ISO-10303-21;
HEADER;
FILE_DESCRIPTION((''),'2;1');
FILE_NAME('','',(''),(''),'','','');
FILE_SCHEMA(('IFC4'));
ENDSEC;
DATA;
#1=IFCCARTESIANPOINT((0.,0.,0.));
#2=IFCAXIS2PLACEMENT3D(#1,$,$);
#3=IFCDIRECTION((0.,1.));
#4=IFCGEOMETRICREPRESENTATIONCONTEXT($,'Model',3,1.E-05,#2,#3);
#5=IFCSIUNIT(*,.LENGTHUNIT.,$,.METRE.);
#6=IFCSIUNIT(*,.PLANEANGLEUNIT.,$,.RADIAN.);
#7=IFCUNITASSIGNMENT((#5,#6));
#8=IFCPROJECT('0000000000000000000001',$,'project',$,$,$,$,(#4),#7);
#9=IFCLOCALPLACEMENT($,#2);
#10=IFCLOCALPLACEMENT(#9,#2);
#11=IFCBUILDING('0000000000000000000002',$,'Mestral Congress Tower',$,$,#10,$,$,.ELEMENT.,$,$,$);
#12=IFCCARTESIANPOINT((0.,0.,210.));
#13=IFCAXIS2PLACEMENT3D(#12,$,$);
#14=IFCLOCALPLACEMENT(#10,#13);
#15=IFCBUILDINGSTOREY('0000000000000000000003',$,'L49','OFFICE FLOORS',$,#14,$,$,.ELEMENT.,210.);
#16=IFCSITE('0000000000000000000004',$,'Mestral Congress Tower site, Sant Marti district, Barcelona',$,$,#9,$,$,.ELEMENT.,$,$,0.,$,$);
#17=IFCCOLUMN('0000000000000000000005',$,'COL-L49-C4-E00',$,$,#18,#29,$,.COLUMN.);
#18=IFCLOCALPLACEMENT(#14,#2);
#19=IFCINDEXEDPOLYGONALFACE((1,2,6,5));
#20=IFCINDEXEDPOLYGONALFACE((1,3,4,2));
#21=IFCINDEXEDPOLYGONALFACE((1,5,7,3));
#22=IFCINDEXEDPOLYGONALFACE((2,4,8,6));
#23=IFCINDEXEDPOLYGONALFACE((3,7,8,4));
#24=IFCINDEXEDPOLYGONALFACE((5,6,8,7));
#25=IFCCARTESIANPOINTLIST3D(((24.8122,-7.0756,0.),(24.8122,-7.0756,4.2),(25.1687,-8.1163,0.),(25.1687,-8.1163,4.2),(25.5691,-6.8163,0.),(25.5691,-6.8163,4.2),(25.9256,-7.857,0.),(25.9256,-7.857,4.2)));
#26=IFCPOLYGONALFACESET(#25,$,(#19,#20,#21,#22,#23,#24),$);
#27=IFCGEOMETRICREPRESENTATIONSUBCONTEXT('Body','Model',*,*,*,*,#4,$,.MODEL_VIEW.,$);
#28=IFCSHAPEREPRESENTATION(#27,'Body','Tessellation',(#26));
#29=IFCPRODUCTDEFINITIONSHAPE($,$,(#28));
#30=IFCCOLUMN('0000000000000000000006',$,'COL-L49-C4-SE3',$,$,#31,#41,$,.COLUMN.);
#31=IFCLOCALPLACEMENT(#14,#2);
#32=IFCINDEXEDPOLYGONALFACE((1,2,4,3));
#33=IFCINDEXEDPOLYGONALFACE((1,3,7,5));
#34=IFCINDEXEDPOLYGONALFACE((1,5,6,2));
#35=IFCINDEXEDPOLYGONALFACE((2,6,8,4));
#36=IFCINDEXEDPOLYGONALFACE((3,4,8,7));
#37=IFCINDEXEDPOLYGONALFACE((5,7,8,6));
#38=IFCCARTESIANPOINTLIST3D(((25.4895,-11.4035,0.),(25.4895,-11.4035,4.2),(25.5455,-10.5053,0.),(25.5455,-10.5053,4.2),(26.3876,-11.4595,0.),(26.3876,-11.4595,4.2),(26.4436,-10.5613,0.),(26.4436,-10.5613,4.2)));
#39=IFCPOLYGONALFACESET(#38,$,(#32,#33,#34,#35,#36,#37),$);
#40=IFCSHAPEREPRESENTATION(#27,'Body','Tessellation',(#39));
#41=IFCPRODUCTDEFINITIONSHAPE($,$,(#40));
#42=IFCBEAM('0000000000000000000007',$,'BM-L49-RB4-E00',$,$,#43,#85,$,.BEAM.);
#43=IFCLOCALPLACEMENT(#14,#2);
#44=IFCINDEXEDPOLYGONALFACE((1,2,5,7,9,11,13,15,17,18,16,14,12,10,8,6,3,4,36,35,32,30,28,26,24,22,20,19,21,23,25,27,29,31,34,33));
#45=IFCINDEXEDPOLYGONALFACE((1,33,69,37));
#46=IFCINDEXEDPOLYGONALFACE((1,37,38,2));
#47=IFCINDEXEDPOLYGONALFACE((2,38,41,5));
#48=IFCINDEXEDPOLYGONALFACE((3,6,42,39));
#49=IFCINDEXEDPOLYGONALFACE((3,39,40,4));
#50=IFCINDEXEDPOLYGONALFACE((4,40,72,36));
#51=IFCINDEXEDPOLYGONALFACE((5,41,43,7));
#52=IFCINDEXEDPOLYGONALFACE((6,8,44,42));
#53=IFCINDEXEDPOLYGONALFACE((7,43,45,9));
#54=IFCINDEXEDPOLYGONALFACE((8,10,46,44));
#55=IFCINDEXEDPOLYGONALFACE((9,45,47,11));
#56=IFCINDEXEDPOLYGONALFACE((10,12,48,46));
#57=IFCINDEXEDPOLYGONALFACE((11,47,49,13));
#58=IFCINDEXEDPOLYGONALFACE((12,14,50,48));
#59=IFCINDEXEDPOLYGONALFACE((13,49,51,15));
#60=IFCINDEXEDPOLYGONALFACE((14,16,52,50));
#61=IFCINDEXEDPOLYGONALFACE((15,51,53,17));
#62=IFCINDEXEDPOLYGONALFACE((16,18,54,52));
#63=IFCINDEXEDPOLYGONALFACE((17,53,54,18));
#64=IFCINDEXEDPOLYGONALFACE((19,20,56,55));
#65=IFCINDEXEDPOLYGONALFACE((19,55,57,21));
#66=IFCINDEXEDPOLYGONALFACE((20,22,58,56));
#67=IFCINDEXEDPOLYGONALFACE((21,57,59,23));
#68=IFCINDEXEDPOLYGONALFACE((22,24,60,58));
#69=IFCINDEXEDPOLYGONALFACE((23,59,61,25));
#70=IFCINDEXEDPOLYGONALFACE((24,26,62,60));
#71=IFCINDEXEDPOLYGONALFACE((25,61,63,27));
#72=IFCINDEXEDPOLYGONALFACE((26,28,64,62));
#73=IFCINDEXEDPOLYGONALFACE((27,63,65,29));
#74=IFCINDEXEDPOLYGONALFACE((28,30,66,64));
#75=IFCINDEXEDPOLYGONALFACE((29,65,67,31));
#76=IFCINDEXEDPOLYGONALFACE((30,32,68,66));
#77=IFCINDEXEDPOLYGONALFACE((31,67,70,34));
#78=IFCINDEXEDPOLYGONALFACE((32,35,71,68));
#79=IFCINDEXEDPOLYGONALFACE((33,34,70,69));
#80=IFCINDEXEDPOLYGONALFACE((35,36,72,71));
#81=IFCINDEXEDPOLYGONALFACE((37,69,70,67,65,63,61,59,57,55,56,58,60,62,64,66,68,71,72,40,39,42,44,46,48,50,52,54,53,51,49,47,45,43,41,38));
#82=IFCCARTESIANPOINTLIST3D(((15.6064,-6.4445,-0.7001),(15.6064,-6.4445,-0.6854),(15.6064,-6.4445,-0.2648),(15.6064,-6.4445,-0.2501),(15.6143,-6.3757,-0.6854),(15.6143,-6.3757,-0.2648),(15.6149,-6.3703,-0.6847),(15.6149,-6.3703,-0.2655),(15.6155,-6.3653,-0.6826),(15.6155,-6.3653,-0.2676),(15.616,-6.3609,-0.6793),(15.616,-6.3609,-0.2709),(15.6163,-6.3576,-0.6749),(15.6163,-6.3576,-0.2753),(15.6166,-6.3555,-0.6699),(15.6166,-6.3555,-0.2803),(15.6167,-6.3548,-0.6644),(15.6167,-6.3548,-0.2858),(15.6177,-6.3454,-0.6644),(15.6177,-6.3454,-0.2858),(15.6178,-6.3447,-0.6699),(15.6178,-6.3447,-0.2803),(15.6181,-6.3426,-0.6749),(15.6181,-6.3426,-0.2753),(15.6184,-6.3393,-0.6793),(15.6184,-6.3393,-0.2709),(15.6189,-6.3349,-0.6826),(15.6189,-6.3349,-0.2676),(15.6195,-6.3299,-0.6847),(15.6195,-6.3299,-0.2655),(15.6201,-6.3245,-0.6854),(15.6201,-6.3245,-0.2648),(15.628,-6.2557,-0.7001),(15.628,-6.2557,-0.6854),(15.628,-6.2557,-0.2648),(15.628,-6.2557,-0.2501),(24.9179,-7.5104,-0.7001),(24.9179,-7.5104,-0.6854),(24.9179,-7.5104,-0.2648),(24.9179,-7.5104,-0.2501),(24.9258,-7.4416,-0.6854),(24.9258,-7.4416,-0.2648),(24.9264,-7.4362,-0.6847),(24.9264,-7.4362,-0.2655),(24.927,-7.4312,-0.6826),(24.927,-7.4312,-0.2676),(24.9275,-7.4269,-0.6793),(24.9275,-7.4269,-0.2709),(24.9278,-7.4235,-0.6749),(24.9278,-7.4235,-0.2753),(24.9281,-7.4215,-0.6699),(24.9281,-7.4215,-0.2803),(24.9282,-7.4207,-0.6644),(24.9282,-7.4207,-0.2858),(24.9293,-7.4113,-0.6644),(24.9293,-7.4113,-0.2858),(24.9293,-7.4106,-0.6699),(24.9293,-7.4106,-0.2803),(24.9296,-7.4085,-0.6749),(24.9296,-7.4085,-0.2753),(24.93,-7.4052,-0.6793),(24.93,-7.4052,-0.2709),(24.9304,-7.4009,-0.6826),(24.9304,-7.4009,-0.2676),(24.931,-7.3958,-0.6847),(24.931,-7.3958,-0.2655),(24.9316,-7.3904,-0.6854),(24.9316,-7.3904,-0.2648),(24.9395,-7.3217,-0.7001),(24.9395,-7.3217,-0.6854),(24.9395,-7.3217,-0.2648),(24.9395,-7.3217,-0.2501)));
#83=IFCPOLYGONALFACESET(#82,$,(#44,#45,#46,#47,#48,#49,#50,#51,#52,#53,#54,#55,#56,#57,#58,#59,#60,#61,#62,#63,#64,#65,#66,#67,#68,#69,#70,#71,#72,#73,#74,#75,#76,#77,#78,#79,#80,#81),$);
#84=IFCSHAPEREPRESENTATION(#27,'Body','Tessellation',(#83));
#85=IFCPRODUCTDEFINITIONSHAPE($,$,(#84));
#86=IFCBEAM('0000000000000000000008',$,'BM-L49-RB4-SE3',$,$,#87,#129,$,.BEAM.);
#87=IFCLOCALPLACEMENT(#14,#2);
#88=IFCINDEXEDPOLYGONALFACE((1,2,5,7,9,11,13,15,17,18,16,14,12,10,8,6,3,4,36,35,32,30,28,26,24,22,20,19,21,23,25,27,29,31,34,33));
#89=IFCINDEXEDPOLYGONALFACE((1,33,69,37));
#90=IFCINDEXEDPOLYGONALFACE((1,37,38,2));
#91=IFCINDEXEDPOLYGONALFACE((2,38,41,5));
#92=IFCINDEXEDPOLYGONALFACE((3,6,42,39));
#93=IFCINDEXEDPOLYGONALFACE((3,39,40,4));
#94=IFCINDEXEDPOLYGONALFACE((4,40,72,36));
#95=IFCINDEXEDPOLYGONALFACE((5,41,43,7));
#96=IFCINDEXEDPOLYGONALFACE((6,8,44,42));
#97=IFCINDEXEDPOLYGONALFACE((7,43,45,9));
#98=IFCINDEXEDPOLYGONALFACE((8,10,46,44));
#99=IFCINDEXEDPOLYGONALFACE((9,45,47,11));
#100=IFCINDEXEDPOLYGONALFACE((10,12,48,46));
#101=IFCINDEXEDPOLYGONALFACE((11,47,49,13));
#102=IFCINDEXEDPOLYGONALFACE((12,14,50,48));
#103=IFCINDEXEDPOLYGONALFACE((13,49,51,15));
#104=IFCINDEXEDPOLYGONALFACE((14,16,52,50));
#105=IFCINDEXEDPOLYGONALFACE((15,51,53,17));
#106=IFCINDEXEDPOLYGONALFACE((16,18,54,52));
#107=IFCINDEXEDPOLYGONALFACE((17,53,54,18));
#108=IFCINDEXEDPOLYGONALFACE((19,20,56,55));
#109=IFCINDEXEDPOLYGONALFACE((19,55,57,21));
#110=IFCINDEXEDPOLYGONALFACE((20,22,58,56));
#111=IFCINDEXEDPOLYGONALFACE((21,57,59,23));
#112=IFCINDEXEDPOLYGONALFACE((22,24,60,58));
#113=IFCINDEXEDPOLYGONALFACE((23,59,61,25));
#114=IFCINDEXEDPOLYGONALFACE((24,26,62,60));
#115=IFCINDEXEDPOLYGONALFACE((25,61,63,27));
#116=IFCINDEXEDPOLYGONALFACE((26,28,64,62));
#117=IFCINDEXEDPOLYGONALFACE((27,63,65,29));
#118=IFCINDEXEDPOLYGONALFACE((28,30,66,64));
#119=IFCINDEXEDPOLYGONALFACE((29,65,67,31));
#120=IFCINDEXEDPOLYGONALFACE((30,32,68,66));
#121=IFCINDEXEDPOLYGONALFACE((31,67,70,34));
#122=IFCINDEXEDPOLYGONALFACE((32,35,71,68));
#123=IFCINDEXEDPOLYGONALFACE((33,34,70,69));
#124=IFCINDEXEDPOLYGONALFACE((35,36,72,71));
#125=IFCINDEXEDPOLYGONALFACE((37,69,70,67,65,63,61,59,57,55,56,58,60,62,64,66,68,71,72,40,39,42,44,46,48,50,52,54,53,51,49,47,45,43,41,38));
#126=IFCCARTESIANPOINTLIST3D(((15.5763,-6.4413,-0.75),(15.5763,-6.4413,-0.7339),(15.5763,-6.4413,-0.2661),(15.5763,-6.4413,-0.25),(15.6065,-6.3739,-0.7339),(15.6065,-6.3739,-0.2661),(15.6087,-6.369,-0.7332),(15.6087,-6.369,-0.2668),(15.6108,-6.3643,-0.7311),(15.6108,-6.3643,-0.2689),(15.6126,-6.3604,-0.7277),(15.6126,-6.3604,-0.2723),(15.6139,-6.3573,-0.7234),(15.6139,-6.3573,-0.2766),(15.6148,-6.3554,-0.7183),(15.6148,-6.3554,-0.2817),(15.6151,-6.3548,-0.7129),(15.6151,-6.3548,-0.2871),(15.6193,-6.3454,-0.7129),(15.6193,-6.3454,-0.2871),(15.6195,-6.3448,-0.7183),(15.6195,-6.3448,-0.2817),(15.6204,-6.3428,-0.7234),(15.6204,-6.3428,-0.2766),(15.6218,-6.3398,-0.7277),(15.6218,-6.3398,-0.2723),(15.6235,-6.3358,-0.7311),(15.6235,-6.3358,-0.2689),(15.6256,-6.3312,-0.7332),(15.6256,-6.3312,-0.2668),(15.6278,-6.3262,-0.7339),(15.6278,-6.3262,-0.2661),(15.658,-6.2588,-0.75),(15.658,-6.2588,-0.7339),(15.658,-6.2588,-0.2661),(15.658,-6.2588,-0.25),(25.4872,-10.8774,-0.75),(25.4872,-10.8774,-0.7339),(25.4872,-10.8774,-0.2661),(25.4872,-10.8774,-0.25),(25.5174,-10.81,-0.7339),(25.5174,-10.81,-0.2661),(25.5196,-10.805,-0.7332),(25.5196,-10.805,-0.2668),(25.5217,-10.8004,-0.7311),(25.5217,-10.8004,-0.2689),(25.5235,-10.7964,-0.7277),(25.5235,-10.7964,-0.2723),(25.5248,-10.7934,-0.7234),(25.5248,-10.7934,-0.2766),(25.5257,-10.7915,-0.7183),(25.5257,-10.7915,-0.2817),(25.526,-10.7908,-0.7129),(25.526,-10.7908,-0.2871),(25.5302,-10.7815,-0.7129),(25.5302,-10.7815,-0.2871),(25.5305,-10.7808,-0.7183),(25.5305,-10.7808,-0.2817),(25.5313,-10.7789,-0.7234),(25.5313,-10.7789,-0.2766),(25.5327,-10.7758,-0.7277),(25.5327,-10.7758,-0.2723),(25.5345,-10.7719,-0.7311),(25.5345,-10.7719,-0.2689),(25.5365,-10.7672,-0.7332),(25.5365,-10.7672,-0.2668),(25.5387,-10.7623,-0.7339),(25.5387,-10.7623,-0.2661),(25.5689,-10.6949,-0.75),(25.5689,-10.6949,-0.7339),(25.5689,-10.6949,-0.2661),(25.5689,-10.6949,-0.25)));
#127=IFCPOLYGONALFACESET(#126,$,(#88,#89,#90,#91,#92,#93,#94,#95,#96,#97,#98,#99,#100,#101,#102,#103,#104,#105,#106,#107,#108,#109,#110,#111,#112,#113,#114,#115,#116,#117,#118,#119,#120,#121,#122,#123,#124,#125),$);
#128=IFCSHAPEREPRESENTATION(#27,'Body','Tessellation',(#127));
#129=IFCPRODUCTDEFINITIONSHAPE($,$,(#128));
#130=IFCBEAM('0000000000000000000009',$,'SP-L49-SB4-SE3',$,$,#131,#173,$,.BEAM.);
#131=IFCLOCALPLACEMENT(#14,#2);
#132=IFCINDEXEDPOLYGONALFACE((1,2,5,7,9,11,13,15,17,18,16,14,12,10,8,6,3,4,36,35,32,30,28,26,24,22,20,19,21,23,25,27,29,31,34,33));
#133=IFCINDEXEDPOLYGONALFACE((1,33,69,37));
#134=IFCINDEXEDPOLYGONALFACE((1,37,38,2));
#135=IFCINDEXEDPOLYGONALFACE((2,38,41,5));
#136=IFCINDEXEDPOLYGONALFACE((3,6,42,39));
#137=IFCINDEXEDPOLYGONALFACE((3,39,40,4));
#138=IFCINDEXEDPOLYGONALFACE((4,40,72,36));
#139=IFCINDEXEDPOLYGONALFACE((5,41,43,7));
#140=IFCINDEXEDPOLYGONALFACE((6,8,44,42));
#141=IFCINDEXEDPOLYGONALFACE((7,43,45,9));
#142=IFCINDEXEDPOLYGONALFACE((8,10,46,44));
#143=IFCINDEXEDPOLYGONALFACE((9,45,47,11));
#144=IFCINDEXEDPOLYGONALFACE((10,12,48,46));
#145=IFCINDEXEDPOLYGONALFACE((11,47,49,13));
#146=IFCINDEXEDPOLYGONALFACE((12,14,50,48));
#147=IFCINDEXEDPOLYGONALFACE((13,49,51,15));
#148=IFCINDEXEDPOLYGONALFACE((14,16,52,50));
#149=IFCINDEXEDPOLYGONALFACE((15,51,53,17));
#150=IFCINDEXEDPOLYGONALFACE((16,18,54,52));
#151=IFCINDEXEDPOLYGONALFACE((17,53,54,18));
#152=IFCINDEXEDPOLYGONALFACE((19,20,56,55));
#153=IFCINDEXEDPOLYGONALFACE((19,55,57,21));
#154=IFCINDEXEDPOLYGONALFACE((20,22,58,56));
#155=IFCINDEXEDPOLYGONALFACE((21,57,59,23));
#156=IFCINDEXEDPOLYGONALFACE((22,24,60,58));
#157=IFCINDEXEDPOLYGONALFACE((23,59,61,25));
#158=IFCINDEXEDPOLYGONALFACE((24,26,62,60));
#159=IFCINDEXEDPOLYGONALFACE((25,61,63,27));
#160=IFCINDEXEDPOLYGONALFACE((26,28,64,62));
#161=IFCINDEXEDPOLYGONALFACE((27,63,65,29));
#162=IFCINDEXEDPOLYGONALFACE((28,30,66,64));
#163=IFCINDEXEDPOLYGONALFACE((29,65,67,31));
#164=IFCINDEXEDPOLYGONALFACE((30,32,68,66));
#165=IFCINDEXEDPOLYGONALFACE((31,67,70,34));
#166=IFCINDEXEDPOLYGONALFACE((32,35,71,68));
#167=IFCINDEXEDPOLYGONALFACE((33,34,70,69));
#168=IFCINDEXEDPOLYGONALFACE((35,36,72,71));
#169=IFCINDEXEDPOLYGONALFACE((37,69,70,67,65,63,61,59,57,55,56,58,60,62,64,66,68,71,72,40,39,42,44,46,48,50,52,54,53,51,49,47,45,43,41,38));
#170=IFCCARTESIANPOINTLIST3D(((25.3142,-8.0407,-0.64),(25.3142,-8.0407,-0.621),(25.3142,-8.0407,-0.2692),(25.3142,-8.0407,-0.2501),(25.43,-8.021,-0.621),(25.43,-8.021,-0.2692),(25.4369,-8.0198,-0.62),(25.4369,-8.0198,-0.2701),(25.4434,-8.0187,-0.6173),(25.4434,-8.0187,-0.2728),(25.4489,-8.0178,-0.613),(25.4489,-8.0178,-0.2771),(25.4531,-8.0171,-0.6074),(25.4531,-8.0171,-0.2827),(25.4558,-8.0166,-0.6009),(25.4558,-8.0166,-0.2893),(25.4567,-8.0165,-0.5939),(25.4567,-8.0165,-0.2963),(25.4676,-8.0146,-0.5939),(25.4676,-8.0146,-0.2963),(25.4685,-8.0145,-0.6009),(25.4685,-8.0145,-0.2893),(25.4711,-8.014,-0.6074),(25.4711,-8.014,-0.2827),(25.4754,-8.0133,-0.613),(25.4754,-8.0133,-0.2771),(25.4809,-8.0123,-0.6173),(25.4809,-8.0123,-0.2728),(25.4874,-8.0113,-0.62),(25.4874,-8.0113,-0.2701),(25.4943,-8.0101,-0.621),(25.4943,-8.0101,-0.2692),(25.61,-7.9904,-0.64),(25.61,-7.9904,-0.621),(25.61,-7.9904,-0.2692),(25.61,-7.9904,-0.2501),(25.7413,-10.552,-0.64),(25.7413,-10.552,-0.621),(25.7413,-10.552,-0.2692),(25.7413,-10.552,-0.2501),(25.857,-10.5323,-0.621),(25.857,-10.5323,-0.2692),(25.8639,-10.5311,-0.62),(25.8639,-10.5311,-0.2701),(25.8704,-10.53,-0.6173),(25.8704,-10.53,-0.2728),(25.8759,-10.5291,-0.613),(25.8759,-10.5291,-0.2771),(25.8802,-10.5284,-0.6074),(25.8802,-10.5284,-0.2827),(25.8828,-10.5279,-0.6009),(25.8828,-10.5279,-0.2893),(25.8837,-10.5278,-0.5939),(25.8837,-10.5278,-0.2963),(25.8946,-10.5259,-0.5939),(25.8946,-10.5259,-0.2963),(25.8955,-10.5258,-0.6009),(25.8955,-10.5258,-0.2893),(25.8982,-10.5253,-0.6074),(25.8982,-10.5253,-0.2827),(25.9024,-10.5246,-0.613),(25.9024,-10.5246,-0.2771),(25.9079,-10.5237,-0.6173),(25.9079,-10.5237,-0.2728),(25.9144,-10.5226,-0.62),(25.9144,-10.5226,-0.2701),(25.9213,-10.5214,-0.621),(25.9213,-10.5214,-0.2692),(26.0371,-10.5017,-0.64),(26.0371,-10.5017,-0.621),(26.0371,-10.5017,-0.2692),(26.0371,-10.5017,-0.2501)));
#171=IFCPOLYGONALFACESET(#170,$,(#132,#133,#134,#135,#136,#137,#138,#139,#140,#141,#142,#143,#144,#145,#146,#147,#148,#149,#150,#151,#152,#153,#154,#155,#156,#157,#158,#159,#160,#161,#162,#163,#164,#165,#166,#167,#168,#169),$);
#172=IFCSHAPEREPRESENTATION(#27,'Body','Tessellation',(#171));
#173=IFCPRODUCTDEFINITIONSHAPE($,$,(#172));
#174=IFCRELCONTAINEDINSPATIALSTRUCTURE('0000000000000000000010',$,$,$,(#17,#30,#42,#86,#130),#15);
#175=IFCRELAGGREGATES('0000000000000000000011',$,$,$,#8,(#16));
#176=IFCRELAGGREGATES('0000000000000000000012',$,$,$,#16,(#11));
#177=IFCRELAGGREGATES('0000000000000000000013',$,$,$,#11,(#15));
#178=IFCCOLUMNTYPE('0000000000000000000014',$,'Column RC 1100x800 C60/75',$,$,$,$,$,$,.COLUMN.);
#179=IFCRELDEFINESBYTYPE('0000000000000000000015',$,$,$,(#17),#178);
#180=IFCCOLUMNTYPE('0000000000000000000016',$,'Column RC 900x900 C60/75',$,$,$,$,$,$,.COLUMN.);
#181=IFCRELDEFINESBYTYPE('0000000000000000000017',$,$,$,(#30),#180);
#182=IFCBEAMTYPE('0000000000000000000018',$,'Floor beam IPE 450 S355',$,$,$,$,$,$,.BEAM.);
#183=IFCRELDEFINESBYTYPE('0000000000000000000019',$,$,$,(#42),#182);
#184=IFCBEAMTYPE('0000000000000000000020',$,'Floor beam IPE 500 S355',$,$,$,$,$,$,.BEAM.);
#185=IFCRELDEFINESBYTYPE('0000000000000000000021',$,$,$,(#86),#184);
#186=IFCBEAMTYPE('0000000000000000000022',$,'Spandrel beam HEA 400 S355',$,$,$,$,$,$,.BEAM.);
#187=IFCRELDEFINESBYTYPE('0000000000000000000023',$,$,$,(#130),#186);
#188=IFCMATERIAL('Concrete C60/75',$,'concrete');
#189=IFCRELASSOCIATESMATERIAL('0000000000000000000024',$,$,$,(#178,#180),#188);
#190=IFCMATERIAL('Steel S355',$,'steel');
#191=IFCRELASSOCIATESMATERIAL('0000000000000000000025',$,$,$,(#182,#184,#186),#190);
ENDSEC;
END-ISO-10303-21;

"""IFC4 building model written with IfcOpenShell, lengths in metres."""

from ifc_helpers import new_model, si_unit, direction, frame, origin, origin_2d, place, context, subcontext, project, spatial, rectangle, i_section, extrude, material, material_profile, profile_set, type_object, element, save


model = new_model("IFC4")

# Units and contexts
model_context = context("Model", 3, precision=1e-05, world=origin(), true_north=direction((0.0, 1.0)))
body_context = subcontext(model_context, "Body", "Model", "MODEL_VIEW")
ifc_project = project(units=[si_unit("LENGTHUNIT", "METRE"), si_unit("PLANEANGLEUNIT", "RADIAN")], contexts=[model_context])

# Site, building, storey
site_placement = place(None, origin())
site = spatial("IfcSite", under=ifc_project, at=site_placement, Name="Mestral Congress Tower site, Sant Marti district, Barcelona", CompositionType="ELEMENT", RefElevation=0.0)
building_placement = place(site_placement, origin())
building = spatial("IfcBuilding", under=site, at=building_placement, Name="Mestral Congress Tower", CompositionType="ELEMENT")
storey_placement = place(building_placement, frame((0.0, 0.0, 210.0)))
storey = spatial("IfcBuildingStorey", under=building, at=storey_placement, Name="L49", Description="OFFICE FLOORS", CompositionType="ELEMENT", Elevation=210.0)

# Columns
ifc_material_1 = material(Name="Concrete C60/75", Category="concrete")
ifc_material_profile_1 = material_profile(ifc_material_1, rectangle(XDim=1.1001, YDim=0.8, at=origin_2d()), Name="RC 1100x800")
ifc_profile_set_1 = profile_set([ifc_material_profile_1], Name="Concrete C60/75")
column_type_1 = type_object("IfcColumnType", Name="Column RC 1100x800 C60/75", PredefinedType="COLUMN", material=ifc_profile_set_1)
column_1_placement = place(storey_placement, frame((25.3689, -7.4663, 0.0), z_axis=(0.0, 0.0, 1.0), x_axis=(-0.324074, 0.946032, 0.0)))
element("IfcColumn", 1, at=column_1_placement, inside=storey, type_object=column_type_1, Name="COL-L49-C4-E00", PredefinedType="COLUMN", context=body_context, shape_type="SweptSolid", body=[
    extrude(rectangle(XDim=1.1001, YDim=0.8, at=origin_2d()), origin(), (0.0, 0.0, 1.0), 4.2),
])
ifc_material_profile_2 = material_profile(ifc_material_1, rectangle(XDim=0.8999, YDim=0.8999, at=origin_2d()), Name="RC 900x900")
ifc_profile_set_2 = profile_set([ifc_material_profile_2], Name="Concrete C60/75")
column_type_2 = type_object("IfcColumnType", Name="Column RC 900x900 C60/75", PredefinedType="COLUMN", material=ifc_profile_set_2)
column_2_placement = place(storey_placement, frame((25.9666, -10.9824, 0.0), z_axis=(0.0, 0.0, 1.0), x_axis=(0.062217, 0.998063, 0.0)))
element("IfcColumn", 2, at=column_2_placement, inside=storey, type_object=column_type_2, Name="COL-L49-C4-SE3", PredefinedType="COLUMN", context=body_context, shape_type="SweptSolid", body=[
    extrude(rectangle(XDim=0.8999, YDim=0.8999, at=origin_2d()), origin(), (0.0, 0.0, 1.0), 4.2),
])

# Beams
ifc_material_2 = material(Name="Steel S355", Category="steel")
ifc_material_profile_3 = material_profile(ifc_material_2, i_section(OverallWidth=0.1899, OverallDepth=0.45, WebThickness=0.0095, FlangeThickness=0.0146, FilletRadius=0.021, at=origin_2d()), Name="IPE 450")
ifc_profile_set_3 = profile_set([ifc_material_profile_3], Name="Steel S355")
beam_type_1 = type_object("IfcBeamType", Name="Floor beam IPE 450 S355", PredefinedType="BEAM", material=ifc_profile_set_3)
beam_1_placement = place(storey_placement, frame((24.9287, -7.416, -0.4751), z_axis=(-0.993512, 0.11373, 0.0), x_axis=(-0.11373, -0.993512, 0.0)))
element("IfcBeam", 3, at=beam_1_placement, inside=storey, type_object=beam_type_1, Name="BM-L49-RB4-E00", PredefinedType="BEAM", context=body_context, shape_type="SweptSolid", body=[
    extrude(i_section(OverallWidth=0.1899, OverallDepth=0.45, WebThickness=0.0095, FlangeThickness=0.0146, FilletRadius=0.021, at=origin_2d()), origin(), (0.0, 0.0, 1.0), 9.3723),
])
ifc_material_profile_4 = material_profile(ifc_material_2, i_section(OverallWidth=0.2, OverallDepth=0.5, WebThickness=0.0103, FlangeThickness=0.0161, FilletRadius=0.021, at=origin_2d()), Name="IPE 500")
ifc_profile_set_4 = profile_set([ifc_material_profile_4], Name="Steel S355")
beam_type_2 = type_object("IfcBeamType", Name="Floor beam IPE 500 S355", PredefinedType="BEAM", material=ifc_profile_set_4)
beam_2_placement = place(storey_placement, frame((25.5281, -10.7861, -0.5), z_axis=(-0.912742, 0.408536, 0.0), x_axis=(-0.408536, -0.912742, 0.0)))
element("IfcBeam", 4, at=beam_2_placement, inside=storey, type_object=beam_type_2, Name="BM-L49-RB4-SE3", PredefinedType="BEAM", context=body_context, shape_type="SweptSolid", body=[
    extrude(i_section(OverallWidth=0.2, OverallDepth=0.5, WebThickness=0.0103, FlangeThickness=0.0161, FilletRadius=0.021, at=origin_2d()), origin(), (0.0, 0.0, 1.0), 10.8584),
])
ifc_material_profile_5 = material_profile(ifc_material_2, i_section(OverallWidth=0.3, OverallDepth=0.3899, WebThickness=0.011, FlangeThickness=0.019, FilletRadius=0.0271, at=origin_2d()), Name="HEA 400")
ifc_profile_set_5 = profile_set([ifc_material_profile_5], Name="Steel S355")
beam_type_3 = type_object("IfcBeamType", Name="Spandrel beam HEA 400 S355", PredefinedType="BEAM", material=ifc_profile_set_5)
beam_3_placement = place(storey_placement, frame((25.8892, -10.5269, -0.4451), z_axis=(-0.167631, 0.98585, 0.0), x_axis=(-0.98585, -0.167631, 0.0)))
element("IfcBeam", 5, at=beam_3_placement, inside=storey, type_object=beam_type_3, Name="SP-L49-SB4-SE3", PredefinedType="BEAM", context=body_context, shape_type="SweptSolid", body=[
    extrude(i_section(OverallWidth=0.3, OverallDepth=0.3899, WebThickness=0.011, FlangeThickness=0.019, FilletRadius=0.0271, at=origin_2d()), origin(), (0.0, 0.0, 1.0), 2.5474),
])

save(model, "model.ifc")
